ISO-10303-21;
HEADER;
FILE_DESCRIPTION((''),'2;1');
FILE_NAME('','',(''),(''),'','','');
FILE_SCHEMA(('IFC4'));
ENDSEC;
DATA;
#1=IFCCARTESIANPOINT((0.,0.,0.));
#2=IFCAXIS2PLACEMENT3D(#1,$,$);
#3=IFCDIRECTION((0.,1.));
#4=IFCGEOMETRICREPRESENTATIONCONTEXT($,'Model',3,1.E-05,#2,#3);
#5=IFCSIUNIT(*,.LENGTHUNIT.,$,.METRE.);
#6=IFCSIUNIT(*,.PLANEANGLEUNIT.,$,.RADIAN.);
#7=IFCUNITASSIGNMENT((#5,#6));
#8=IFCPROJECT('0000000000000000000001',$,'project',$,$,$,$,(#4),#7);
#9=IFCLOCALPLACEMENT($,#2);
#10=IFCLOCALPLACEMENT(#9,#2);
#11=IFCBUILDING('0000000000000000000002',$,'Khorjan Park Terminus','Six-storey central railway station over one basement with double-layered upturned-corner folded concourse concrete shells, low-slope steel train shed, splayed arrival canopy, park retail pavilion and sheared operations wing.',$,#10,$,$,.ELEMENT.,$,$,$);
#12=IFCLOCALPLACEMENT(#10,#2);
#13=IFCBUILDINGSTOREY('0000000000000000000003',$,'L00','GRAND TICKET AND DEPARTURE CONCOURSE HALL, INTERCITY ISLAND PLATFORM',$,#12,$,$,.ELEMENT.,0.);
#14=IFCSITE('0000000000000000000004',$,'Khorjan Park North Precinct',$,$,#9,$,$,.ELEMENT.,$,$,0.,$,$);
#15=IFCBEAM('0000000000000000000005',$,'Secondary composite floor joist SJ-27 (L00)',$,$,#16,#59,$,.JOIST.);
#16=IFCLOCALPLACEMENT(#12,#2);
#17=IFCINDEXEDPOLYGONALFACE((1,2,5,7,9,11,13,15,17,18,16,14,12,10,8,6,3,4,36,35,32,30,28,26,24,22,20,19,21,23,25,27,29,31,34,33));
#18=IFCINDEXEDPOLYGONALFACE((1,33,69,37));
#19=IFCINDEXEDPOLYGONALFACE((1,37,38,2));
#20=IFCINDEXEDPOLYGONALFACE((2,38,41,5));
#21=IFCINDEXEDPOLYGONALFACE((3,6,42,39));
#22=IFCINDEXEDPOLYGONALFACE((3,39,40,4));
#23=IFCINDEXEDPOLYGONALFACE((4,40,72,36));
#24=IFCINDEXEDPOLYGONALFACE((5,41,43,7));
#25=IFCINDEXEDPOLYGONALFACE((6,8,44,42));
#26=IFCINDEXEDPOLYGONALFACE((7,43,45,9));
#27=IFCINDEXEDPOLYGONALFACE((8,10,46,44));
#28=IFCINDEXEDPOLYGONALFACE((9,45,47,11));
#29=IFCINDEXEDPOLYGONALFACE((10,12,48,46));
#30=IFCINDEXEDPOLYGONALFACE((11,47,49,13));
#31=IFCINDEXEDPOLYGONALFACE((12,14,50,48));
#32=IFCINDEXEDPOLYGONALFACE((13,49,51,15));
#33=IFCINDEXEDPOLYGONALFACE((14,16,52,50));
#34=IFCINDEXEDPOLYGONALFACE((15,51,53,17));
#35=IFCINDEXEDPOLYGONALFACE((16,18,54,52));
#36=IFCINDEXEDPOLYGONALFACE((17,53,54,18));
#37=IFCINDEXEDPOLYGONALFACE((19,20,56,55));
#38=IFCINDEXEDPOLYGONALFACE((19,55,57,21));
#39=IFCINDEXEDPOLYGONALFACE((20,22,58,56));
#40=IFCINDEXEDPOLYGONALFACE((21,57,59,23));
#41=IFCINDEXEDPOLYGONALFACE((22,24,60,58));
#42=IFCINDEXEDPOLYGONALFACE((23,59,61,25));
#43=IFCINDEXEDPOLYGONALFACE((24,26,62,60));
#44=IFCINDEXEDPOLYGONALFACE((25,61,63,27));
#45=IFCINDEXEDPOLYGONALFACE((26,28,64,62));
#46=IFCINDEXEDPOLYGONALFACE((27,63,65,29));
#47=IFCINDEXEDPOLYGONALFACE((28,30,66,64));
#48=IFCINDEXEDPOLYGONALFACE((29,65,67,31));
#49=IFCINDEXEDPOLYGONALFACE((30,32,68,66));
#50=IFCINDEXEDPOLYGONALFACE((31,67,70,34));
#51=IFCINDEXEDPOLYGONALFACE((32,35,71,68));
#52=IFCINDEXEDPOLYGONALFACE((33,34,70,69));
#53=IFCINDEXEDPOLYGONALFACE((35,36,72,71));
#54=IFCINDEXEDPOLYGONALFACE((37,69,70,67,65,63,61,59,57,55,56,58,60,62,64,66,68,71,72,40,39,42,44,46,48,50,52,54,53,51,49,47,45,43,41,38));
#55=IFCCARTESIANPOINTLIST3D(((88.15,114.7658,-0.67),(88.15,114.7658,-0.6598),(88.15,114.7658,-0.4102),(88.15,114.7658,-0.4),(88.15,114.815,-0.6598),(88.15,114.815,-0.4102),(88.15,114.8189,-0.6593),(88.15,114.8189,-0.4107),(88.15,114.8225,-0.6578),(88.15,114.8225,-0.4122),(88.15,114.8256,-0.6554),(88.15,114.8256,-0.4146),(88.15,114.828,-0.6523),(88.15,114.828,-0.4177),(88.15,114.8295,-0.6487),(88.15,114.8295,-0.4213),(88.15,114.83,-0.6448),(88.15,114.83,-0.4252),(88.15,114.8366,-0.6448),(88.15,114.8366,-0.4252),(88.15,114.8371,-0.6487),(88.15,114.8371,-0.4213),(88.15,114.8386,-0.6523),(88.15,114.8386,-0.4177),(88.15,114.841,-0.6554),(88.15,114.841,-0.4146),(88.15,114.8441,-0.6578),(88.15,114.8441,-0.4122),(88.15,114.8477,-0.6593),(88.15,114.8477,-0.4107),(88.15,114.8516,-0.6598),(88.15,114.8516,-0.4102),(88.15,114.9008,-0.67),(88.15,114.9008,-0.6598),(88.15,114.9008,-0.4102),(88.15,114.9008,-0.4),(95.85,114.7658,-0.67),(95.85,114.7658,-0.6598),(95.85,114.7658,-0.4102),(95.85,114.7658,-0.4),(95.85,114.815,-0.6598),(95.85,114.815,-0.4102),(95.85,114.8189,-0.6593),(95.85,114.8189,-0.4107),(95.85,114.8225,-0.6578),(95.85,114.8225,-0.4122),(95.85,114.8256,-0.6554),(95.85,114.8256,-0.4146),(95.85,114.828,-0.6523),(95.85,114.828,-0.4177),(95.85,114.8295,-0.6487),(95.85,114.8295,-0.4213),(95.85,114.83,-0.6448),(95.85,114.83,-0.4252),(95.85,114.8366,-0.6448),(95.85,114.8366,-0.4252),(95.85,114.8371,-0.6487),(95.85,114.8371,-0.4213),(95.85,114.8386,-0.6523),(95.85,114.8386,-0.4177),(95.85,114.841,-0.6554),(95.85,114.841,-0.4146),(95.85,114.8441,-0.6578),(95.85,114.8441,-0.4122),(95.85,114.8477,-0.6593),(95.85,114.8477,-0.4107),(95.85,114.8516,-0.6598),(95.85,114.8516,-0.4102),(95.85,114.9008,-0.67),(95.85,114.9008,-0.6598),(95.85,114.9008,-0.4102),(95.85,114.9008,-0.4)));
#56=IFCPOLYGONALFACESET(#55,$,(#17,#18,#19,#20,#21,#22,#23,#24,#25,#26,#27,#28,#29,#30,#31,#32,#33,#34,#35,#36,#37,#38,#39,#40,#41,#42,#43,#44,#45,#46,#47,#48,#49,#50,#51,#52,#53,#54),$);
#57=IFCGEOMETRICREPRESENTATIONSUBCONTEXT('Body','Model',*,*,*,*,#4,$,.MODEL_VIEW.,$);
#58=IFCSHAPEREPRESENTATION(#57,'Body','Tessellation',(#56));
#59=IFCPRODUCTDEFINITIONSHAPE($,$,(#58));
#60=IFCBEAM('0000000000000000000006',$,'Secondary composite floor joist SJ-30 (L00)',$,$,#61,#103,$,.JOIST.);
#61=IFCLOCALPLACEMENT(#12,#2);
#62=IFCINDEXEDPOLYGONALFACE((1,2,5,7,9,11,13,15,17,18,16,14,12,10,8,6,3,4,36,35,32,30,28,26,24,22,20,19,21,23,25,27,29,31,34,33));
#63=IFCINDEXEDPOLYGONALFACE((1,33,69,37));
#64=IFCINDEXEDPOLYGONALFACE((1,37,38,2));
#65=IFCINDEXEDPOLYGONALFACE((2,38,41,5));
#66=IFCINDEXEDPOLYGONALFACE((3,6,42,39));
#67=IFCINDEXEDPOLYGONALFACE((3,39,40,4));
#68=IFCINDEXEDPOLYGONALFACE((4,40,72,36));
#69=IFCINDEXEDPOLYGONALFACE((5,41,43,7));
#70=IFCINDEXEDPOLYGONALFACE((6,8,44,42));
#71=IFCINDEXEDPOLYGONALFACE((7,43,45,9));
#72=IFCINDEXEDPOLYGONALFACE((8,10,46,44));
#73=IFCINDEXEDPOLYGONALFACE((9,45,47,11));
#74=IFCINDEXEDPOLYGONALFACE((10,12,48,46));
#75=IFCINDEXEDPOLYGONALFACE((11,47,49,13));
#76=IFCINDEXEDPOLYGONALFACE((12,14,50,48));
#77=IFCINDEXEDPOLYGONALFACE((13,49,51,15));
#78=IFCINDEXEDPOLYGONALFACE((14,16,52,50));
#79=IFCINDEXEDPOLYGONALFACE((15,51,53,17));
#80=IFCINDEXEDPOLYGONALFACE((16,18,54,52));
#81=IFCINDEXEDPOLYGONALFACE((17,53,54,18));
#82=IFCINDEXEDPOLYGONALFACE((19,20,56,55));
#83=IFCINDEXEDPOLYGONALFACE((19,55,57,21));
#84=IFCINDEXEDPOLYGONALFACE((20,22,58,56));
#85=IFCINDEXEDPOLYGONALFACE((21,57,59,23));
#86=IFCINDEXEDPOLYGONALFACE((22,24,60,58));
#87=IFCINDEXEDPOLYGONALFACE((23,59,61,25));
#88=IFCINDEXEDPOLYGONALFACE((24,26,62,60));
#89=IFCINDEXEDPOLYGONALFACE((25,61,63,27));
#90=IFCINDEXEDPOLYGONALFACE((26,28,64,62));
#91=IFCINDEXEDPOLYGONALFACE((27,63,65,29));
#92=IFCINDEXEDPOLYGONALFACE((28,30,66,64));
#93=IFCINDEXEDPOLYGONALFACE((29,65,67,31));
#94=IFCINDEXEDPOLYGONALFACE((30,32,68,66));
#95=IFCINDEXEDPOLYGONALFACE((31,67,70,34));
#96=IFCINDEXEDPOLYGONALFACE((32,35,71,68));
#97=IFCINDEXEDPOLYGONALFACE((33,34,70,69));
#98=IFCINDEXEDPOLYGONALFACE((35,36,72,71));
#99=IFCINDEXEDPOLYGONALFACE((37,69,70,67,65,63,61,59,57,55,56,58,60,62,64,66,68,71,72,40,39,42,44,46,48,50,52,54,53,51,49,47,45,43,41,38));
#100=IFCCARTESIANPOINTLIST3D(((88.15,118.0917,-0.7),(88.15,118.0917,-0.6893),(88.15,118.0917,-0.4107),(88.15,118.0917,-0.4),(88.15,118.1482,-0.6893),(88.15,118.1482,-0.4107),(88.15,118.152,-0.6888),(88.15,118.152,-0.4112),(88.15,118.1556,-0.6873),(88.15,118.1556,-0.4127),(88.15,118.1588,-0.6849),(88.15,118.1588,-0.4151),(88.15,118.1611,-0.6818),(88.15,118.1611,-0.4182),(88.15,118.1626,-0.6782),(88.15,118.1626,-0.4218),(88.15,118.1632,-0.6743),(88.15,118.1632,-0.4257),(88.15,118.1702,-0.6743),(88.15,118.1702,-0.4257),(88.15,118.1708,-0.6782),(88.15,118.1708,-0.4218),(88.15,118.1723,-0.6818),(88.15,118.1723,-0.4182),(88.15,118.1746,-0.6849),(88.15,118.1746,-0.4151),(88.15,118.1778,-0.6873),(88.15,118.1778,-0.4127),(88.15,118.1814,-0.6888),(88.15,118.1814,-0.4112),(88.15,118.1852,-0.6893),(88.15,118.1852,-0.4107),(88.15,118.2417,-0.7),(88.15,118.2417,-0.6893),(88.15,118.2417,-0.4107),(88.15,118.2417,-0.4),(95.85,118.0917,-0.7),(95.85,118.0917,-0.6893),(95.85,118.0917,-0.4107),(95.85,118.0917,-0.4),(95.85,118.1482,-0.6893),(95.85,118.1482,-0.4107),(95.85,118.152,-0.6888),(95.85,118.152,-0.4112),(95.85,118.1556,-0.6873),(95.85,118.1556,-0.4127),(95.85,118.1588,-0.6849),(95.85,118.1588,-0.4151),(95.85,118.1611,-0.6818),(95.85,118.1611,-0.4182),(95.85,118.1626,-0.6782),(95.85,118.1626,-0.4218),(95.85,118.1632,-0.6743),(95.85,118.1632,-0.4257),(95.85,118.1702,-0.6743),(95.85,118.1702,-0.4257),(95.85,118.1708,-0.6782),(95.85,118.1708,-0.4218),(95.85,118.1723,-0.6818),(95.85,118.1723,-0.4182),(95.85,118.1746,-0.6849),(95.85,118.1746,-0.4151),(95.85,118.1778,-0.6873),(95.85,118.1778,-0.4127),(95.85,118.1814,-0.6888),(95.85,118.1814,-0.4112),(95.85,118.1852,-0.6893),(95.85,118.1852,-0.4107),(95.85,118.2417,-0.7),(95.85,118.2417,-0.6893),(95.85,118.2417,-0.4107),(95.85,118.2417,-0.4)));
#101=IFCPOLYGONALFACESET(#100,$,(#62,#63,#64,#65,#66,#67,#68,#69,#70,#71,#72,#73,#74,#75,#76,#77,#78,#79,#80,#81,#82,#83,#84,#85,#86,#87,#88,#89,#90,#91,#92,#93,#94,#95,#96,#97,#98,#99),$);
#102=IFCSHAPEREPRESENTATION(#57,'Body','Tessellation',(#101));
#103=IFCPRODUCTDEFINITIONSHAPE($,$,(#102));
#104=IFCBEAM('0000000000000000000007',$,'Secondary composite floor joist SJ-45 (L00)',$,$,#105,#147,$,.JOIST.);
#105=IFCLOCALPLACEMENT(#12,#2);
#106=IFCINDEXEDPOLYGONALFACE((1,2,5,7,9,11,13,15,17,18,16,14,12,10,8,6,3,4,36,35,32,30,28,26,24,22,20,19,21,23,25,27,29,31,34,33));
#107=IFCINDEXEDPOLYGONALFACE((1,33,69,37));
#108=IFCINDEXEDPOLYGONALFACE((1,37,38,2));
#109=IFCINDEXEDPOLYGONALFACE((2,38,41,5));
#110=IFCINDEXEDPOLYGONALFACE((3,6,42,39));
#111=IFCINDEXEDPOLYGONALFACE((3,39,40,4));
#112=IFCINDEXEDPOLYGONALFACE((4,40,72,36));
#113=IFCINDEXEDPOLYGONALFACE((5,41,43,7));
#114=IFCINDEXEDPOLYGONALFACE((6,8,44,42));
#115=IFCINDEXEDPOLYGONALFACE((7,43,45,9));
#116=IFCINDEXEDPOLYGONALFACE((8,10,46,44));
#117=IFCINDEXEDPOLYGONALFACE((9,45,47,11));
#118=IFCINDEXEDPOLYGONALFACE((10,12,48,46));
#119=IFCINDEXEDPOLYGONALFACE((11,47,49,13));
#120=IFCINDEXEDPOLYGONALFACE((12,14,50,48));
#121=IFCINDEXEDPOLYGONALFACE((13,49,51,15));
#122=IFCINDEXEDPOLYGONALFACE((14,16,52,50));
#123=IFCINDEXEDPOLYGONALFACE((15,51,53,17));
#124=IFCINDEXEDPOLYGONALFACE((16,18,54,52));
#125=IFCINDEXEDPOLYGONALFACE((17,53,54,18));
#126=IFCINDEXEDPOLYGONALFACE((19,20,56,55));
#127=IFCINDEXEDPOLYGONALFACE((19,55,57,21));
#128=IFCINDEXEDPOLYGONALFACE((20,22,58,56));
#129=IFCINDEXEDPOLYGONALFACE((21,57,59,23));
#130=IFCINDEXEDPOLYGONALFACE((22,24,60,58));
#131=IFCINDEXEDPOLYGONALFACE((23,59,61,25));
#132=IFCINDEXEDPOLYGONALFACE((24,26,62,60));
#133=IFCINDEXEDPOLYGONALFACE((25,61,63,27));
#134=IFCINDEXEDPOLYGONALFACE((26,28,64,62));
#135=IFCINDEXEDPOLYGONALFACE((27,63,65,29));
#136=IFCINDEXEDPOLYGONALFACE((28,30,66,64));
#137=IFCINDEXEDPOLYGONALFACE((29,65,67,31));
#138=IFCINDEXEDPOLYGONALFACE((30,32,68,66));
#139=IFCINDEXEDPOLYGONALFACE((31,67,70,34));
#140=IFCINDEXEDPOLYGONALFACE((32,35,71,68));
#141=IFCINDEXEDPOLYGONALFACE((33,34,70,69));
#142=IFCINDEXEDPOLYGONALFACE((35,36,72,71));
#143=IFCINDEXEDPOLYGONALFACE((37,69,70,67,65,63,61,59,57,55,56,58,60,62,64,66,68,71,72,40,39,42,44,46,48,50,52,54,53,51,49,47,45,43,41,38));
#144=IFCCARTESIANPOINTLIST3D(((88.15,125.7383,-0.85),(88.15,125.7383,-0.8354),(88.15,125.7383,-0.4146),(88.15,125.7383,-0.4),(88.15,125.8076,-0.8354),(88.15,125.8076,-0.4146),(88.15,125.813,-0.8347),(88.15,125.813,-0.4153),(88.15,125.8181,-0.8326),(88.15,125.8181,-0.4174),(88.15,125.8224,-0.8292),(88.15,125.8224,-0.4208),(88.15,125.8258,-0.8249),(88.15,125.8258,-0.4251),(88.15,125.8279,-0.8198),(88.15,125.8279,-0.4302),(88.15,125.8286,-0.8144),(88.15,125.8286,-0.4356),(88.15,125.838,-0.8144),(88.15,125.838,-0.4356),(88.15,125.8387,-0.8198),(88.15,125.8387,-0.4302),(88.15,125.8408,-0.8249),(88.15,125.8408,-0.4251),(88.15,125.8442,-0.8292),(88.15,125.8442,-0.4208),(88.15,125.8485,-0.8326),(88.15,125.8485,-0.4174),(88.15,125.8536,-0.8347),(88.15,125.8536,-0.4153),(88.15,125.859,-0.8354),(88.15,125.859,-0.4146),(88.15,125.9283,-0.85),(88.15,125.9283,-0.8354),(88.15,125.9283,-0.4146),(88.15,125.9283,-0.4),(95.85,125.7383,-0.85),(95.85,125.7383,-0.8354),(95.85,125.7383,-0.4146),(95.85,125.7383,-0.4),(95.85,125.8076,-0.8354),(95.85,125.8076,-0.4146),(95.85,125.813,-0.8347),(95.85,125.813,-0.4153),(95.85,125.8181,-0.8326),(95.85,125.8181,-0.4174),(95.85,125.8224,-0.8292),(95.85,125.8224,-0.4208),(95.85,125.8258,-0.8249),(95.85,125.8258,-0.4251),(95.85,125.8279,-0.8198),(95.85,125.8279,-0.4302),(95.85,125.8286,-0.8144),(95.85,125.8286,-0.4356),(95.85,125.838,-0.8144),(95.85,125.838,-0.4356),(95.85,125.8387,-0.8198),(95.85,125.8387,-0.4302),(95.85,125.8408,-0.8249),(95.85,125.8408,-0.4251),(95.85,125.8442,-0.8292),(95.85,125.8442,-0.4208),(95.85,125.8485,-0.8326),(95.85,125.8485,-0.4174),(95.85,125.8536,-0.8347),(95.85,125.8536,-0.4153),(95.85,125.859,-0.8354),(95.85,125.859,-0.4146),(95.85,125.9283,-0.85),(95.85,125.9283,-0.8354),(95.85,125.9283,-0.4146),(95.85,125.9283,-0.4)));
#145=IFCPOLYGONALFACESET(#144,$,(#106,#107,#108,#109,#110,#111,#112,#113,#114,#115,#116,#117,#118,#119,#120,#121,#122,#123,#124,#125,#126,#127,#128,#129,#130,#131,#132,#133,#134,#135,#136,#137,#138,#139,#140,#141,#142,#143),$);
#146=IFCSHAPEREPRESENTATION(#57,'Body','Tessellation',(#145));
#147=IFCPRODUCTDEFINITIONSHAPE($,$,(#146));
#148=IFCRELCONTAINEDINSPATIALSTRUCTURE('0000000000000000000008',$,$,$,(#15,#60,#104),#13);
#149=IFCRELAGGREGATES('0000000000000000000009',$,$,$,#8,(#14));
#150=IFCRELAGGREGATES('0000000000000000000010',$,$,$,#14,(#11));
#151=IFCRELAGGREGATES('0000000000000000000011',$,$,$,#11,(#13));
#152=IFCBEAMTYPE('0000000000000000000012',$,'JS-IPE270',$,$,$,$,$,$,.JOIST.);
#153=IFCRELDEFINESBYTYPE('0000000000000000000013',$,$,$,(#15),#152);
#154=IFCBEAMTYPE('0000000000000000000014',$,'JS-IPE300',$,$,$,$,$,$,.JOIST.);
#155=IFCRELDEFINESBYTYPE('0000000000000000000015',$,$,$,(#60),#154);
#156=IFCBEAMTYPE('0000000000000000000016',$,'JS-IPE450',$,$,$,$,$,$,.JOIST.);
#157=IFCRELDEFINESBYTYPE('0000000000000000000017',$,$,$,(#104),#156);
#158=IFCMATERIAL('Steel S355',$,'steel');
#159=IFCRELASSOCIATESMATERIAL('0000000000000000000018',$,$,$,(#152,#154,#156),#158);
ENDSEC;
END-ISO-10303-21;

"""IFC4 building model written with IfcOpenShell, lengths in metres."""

from ifc_helpers import new_model, si_unit, direction, frame, origin, origin_2d, place, context, subcontext, project, spatial, i_section, extrude, material, material_profile, profile_set, type_object, element, save


model = new_model("IFC4")

# Units and contexts
model_context = context("Model", 3, precision=1e-05, world=origin(), true_north=direction((0.0, 1.0)))
body_context = subcontext(model_context, "Body", "Model", "MODEL_VIEW")
ifc_project = project(units=[si_unit("LENGTHUNIT", "METRE"), si_unit("PLANEANGLEUNIT", "RADIAN")], contexts=[model_context])

# Site, building, storey
site_placement = place(None, origin())
site = spatial("IfcSite", under=ifc_project, at=site_placement, Name="Khorjan Park North Precinct", CompositionType="ELEMENT", RefElevation=0.0)
building_placement = place(site_placement, origin())
building = spatial("IfcBuilding", under=site, at=building_placement, Name="Khorjan Park Terminus", Description="Six-storey central railway station over one basement with double-layered upturned-corner folded concourse concrete shells, low-slope steel train shed, splayed arrival canopy, park retail pavilion and sheared operations wing.", CompositionType="ELEMENT")
storey_placement = place(building_placement, origin())
storey = spatial("IfcBuildingStorey", under=building, at=storey_placement, Name="L00", Description="GRAND TICKET AND DEPARTURE CONCOURSE HALL, INTERCITY ISLAND PLATFORM", CompositionType="ELEMENT", Elevation=0.0)

# Beams
ifc_material_1 = material(Name="Steel S355", Category="steel")
ifc_material_profile_1 = material_profile(ifc_material_1, i_section(OverallWidth=0.135, OverallDepth=0.27, WebThickness=0.0066, FlangeThickness=0.0102, FilletRadius=0.015, at=origin_2d()), Name="IPE 270")
ifc_profile_set_1 = profile_set([ifc_material_profile_1], Name="Steel S355")
beam_type_1 = type_object("IfcBeamType", Name="JS-IPE270", PredefinedType="JOIST", material=ifc_profile_set_1)
beam_1_placement = place(storey_placement, frame((88.15, 114.8333, -0.535), z_axis=(1.0, 0.0, 0.0), x_axis=(0.0, 1.0, 0.0)))
element("IfcBeam", 1, at=beam_1_placement, inside=storey, type_object=beam_type_1, Name="Secondary composite floor joist SJ-27 (L00)", PredefinedType="JOIST", context=body_context, shape_type="SweptSolid", body=[
    extrude(i_section(OverallWidth=0.135, OverallDepth=0.27, WebThickness=0.0066, FlangeThickness=0.0102, FilletRadius=0.015, at=origin_2d()), origin(), (0.0, 0.0, 1.0), 7.7),
])
ifc_material_profile_2 = material_profile(ifc_material_1, i_section(OverallWidth=0.15, OverallDepth=0.3, WebThickness=0.0071, FlangeThickness=0.0107, FilletRadius=0.015, at=origin_2d()), Name="IPE 300")
ifc_profile_set_2 = profile_set([ifc_material_profile_2], Name="Steel S355")
beam_type_2 = type_object("IfcBeamType", Name="JS-IPE300", PredefinedType="JOIST", material=ifc_profile_set_2)
beam_2_placement = place(storey_placement, frame((88.15, 118.1667, -0.55), z_axis=(1.0, 0.0, 0.0), x_axis=(0.0, 1.0, 0.0)))
element("IfcBeam", 2, at=beam_2_placement, inside=storey, type_object=beam_type_2, Name="Secondary composite floor joist SJ-30 (L00)", PredefinedType="JOIST", context=body_context, shape_type="SweptSolid", body=[
    extrude(i_section(OverallWidth=0.15, OverallDepth=0.3, WebThickness=0.0071, FlangeThickness=0.0107, FilletRadius=0.015, at=origin_2d()), origin(), (0.0, 0.0, 1.0), 7.7),
])
ifc_material_profile_3 = material_profile(ifc_material_1, i_section(OverallWidth=0.19, OverallDepth=0.45, WebThickness=0.0094, FlangeThickness=0.0146, FilletRadius=0.021, at=origin_2d()), Name="IPE 450")
ifc_profile_set_3 = profile_set([ifc_material_profile_3], Name="Steel S355")
beam_type_3 = type_object("IfcBeamType", Name="JS-IPE450", PredefinedType="JOIST", material=ifc_profile_set_3)
beam_3_placement = place(storey_placement, frame((88.15, 125.8333, -0.625), z_axis=(1.0, 0.0, 0.0), x_axis=(0.0, 1.0, 0.0)))
element("IfcBeam", 3, at=beam_3_placement, inside=storey, type_object=beam_type_3, Name="Secondary composite floor joist SJ-45 (L00)", PredefinedType="JOIST", context=body_context, shape_type="SweptSolid", body=[
    extrude(i_section(OverallWidth=0.19, OverallDepth=0.45, WebThickness=0.0094, FlangeThickness=0.0146, FilletRadius=0.021, at=origin_2d()), origin(), (0.0, 0.0, 1.0), 7.7),
])

save(model, "model.ifc")
